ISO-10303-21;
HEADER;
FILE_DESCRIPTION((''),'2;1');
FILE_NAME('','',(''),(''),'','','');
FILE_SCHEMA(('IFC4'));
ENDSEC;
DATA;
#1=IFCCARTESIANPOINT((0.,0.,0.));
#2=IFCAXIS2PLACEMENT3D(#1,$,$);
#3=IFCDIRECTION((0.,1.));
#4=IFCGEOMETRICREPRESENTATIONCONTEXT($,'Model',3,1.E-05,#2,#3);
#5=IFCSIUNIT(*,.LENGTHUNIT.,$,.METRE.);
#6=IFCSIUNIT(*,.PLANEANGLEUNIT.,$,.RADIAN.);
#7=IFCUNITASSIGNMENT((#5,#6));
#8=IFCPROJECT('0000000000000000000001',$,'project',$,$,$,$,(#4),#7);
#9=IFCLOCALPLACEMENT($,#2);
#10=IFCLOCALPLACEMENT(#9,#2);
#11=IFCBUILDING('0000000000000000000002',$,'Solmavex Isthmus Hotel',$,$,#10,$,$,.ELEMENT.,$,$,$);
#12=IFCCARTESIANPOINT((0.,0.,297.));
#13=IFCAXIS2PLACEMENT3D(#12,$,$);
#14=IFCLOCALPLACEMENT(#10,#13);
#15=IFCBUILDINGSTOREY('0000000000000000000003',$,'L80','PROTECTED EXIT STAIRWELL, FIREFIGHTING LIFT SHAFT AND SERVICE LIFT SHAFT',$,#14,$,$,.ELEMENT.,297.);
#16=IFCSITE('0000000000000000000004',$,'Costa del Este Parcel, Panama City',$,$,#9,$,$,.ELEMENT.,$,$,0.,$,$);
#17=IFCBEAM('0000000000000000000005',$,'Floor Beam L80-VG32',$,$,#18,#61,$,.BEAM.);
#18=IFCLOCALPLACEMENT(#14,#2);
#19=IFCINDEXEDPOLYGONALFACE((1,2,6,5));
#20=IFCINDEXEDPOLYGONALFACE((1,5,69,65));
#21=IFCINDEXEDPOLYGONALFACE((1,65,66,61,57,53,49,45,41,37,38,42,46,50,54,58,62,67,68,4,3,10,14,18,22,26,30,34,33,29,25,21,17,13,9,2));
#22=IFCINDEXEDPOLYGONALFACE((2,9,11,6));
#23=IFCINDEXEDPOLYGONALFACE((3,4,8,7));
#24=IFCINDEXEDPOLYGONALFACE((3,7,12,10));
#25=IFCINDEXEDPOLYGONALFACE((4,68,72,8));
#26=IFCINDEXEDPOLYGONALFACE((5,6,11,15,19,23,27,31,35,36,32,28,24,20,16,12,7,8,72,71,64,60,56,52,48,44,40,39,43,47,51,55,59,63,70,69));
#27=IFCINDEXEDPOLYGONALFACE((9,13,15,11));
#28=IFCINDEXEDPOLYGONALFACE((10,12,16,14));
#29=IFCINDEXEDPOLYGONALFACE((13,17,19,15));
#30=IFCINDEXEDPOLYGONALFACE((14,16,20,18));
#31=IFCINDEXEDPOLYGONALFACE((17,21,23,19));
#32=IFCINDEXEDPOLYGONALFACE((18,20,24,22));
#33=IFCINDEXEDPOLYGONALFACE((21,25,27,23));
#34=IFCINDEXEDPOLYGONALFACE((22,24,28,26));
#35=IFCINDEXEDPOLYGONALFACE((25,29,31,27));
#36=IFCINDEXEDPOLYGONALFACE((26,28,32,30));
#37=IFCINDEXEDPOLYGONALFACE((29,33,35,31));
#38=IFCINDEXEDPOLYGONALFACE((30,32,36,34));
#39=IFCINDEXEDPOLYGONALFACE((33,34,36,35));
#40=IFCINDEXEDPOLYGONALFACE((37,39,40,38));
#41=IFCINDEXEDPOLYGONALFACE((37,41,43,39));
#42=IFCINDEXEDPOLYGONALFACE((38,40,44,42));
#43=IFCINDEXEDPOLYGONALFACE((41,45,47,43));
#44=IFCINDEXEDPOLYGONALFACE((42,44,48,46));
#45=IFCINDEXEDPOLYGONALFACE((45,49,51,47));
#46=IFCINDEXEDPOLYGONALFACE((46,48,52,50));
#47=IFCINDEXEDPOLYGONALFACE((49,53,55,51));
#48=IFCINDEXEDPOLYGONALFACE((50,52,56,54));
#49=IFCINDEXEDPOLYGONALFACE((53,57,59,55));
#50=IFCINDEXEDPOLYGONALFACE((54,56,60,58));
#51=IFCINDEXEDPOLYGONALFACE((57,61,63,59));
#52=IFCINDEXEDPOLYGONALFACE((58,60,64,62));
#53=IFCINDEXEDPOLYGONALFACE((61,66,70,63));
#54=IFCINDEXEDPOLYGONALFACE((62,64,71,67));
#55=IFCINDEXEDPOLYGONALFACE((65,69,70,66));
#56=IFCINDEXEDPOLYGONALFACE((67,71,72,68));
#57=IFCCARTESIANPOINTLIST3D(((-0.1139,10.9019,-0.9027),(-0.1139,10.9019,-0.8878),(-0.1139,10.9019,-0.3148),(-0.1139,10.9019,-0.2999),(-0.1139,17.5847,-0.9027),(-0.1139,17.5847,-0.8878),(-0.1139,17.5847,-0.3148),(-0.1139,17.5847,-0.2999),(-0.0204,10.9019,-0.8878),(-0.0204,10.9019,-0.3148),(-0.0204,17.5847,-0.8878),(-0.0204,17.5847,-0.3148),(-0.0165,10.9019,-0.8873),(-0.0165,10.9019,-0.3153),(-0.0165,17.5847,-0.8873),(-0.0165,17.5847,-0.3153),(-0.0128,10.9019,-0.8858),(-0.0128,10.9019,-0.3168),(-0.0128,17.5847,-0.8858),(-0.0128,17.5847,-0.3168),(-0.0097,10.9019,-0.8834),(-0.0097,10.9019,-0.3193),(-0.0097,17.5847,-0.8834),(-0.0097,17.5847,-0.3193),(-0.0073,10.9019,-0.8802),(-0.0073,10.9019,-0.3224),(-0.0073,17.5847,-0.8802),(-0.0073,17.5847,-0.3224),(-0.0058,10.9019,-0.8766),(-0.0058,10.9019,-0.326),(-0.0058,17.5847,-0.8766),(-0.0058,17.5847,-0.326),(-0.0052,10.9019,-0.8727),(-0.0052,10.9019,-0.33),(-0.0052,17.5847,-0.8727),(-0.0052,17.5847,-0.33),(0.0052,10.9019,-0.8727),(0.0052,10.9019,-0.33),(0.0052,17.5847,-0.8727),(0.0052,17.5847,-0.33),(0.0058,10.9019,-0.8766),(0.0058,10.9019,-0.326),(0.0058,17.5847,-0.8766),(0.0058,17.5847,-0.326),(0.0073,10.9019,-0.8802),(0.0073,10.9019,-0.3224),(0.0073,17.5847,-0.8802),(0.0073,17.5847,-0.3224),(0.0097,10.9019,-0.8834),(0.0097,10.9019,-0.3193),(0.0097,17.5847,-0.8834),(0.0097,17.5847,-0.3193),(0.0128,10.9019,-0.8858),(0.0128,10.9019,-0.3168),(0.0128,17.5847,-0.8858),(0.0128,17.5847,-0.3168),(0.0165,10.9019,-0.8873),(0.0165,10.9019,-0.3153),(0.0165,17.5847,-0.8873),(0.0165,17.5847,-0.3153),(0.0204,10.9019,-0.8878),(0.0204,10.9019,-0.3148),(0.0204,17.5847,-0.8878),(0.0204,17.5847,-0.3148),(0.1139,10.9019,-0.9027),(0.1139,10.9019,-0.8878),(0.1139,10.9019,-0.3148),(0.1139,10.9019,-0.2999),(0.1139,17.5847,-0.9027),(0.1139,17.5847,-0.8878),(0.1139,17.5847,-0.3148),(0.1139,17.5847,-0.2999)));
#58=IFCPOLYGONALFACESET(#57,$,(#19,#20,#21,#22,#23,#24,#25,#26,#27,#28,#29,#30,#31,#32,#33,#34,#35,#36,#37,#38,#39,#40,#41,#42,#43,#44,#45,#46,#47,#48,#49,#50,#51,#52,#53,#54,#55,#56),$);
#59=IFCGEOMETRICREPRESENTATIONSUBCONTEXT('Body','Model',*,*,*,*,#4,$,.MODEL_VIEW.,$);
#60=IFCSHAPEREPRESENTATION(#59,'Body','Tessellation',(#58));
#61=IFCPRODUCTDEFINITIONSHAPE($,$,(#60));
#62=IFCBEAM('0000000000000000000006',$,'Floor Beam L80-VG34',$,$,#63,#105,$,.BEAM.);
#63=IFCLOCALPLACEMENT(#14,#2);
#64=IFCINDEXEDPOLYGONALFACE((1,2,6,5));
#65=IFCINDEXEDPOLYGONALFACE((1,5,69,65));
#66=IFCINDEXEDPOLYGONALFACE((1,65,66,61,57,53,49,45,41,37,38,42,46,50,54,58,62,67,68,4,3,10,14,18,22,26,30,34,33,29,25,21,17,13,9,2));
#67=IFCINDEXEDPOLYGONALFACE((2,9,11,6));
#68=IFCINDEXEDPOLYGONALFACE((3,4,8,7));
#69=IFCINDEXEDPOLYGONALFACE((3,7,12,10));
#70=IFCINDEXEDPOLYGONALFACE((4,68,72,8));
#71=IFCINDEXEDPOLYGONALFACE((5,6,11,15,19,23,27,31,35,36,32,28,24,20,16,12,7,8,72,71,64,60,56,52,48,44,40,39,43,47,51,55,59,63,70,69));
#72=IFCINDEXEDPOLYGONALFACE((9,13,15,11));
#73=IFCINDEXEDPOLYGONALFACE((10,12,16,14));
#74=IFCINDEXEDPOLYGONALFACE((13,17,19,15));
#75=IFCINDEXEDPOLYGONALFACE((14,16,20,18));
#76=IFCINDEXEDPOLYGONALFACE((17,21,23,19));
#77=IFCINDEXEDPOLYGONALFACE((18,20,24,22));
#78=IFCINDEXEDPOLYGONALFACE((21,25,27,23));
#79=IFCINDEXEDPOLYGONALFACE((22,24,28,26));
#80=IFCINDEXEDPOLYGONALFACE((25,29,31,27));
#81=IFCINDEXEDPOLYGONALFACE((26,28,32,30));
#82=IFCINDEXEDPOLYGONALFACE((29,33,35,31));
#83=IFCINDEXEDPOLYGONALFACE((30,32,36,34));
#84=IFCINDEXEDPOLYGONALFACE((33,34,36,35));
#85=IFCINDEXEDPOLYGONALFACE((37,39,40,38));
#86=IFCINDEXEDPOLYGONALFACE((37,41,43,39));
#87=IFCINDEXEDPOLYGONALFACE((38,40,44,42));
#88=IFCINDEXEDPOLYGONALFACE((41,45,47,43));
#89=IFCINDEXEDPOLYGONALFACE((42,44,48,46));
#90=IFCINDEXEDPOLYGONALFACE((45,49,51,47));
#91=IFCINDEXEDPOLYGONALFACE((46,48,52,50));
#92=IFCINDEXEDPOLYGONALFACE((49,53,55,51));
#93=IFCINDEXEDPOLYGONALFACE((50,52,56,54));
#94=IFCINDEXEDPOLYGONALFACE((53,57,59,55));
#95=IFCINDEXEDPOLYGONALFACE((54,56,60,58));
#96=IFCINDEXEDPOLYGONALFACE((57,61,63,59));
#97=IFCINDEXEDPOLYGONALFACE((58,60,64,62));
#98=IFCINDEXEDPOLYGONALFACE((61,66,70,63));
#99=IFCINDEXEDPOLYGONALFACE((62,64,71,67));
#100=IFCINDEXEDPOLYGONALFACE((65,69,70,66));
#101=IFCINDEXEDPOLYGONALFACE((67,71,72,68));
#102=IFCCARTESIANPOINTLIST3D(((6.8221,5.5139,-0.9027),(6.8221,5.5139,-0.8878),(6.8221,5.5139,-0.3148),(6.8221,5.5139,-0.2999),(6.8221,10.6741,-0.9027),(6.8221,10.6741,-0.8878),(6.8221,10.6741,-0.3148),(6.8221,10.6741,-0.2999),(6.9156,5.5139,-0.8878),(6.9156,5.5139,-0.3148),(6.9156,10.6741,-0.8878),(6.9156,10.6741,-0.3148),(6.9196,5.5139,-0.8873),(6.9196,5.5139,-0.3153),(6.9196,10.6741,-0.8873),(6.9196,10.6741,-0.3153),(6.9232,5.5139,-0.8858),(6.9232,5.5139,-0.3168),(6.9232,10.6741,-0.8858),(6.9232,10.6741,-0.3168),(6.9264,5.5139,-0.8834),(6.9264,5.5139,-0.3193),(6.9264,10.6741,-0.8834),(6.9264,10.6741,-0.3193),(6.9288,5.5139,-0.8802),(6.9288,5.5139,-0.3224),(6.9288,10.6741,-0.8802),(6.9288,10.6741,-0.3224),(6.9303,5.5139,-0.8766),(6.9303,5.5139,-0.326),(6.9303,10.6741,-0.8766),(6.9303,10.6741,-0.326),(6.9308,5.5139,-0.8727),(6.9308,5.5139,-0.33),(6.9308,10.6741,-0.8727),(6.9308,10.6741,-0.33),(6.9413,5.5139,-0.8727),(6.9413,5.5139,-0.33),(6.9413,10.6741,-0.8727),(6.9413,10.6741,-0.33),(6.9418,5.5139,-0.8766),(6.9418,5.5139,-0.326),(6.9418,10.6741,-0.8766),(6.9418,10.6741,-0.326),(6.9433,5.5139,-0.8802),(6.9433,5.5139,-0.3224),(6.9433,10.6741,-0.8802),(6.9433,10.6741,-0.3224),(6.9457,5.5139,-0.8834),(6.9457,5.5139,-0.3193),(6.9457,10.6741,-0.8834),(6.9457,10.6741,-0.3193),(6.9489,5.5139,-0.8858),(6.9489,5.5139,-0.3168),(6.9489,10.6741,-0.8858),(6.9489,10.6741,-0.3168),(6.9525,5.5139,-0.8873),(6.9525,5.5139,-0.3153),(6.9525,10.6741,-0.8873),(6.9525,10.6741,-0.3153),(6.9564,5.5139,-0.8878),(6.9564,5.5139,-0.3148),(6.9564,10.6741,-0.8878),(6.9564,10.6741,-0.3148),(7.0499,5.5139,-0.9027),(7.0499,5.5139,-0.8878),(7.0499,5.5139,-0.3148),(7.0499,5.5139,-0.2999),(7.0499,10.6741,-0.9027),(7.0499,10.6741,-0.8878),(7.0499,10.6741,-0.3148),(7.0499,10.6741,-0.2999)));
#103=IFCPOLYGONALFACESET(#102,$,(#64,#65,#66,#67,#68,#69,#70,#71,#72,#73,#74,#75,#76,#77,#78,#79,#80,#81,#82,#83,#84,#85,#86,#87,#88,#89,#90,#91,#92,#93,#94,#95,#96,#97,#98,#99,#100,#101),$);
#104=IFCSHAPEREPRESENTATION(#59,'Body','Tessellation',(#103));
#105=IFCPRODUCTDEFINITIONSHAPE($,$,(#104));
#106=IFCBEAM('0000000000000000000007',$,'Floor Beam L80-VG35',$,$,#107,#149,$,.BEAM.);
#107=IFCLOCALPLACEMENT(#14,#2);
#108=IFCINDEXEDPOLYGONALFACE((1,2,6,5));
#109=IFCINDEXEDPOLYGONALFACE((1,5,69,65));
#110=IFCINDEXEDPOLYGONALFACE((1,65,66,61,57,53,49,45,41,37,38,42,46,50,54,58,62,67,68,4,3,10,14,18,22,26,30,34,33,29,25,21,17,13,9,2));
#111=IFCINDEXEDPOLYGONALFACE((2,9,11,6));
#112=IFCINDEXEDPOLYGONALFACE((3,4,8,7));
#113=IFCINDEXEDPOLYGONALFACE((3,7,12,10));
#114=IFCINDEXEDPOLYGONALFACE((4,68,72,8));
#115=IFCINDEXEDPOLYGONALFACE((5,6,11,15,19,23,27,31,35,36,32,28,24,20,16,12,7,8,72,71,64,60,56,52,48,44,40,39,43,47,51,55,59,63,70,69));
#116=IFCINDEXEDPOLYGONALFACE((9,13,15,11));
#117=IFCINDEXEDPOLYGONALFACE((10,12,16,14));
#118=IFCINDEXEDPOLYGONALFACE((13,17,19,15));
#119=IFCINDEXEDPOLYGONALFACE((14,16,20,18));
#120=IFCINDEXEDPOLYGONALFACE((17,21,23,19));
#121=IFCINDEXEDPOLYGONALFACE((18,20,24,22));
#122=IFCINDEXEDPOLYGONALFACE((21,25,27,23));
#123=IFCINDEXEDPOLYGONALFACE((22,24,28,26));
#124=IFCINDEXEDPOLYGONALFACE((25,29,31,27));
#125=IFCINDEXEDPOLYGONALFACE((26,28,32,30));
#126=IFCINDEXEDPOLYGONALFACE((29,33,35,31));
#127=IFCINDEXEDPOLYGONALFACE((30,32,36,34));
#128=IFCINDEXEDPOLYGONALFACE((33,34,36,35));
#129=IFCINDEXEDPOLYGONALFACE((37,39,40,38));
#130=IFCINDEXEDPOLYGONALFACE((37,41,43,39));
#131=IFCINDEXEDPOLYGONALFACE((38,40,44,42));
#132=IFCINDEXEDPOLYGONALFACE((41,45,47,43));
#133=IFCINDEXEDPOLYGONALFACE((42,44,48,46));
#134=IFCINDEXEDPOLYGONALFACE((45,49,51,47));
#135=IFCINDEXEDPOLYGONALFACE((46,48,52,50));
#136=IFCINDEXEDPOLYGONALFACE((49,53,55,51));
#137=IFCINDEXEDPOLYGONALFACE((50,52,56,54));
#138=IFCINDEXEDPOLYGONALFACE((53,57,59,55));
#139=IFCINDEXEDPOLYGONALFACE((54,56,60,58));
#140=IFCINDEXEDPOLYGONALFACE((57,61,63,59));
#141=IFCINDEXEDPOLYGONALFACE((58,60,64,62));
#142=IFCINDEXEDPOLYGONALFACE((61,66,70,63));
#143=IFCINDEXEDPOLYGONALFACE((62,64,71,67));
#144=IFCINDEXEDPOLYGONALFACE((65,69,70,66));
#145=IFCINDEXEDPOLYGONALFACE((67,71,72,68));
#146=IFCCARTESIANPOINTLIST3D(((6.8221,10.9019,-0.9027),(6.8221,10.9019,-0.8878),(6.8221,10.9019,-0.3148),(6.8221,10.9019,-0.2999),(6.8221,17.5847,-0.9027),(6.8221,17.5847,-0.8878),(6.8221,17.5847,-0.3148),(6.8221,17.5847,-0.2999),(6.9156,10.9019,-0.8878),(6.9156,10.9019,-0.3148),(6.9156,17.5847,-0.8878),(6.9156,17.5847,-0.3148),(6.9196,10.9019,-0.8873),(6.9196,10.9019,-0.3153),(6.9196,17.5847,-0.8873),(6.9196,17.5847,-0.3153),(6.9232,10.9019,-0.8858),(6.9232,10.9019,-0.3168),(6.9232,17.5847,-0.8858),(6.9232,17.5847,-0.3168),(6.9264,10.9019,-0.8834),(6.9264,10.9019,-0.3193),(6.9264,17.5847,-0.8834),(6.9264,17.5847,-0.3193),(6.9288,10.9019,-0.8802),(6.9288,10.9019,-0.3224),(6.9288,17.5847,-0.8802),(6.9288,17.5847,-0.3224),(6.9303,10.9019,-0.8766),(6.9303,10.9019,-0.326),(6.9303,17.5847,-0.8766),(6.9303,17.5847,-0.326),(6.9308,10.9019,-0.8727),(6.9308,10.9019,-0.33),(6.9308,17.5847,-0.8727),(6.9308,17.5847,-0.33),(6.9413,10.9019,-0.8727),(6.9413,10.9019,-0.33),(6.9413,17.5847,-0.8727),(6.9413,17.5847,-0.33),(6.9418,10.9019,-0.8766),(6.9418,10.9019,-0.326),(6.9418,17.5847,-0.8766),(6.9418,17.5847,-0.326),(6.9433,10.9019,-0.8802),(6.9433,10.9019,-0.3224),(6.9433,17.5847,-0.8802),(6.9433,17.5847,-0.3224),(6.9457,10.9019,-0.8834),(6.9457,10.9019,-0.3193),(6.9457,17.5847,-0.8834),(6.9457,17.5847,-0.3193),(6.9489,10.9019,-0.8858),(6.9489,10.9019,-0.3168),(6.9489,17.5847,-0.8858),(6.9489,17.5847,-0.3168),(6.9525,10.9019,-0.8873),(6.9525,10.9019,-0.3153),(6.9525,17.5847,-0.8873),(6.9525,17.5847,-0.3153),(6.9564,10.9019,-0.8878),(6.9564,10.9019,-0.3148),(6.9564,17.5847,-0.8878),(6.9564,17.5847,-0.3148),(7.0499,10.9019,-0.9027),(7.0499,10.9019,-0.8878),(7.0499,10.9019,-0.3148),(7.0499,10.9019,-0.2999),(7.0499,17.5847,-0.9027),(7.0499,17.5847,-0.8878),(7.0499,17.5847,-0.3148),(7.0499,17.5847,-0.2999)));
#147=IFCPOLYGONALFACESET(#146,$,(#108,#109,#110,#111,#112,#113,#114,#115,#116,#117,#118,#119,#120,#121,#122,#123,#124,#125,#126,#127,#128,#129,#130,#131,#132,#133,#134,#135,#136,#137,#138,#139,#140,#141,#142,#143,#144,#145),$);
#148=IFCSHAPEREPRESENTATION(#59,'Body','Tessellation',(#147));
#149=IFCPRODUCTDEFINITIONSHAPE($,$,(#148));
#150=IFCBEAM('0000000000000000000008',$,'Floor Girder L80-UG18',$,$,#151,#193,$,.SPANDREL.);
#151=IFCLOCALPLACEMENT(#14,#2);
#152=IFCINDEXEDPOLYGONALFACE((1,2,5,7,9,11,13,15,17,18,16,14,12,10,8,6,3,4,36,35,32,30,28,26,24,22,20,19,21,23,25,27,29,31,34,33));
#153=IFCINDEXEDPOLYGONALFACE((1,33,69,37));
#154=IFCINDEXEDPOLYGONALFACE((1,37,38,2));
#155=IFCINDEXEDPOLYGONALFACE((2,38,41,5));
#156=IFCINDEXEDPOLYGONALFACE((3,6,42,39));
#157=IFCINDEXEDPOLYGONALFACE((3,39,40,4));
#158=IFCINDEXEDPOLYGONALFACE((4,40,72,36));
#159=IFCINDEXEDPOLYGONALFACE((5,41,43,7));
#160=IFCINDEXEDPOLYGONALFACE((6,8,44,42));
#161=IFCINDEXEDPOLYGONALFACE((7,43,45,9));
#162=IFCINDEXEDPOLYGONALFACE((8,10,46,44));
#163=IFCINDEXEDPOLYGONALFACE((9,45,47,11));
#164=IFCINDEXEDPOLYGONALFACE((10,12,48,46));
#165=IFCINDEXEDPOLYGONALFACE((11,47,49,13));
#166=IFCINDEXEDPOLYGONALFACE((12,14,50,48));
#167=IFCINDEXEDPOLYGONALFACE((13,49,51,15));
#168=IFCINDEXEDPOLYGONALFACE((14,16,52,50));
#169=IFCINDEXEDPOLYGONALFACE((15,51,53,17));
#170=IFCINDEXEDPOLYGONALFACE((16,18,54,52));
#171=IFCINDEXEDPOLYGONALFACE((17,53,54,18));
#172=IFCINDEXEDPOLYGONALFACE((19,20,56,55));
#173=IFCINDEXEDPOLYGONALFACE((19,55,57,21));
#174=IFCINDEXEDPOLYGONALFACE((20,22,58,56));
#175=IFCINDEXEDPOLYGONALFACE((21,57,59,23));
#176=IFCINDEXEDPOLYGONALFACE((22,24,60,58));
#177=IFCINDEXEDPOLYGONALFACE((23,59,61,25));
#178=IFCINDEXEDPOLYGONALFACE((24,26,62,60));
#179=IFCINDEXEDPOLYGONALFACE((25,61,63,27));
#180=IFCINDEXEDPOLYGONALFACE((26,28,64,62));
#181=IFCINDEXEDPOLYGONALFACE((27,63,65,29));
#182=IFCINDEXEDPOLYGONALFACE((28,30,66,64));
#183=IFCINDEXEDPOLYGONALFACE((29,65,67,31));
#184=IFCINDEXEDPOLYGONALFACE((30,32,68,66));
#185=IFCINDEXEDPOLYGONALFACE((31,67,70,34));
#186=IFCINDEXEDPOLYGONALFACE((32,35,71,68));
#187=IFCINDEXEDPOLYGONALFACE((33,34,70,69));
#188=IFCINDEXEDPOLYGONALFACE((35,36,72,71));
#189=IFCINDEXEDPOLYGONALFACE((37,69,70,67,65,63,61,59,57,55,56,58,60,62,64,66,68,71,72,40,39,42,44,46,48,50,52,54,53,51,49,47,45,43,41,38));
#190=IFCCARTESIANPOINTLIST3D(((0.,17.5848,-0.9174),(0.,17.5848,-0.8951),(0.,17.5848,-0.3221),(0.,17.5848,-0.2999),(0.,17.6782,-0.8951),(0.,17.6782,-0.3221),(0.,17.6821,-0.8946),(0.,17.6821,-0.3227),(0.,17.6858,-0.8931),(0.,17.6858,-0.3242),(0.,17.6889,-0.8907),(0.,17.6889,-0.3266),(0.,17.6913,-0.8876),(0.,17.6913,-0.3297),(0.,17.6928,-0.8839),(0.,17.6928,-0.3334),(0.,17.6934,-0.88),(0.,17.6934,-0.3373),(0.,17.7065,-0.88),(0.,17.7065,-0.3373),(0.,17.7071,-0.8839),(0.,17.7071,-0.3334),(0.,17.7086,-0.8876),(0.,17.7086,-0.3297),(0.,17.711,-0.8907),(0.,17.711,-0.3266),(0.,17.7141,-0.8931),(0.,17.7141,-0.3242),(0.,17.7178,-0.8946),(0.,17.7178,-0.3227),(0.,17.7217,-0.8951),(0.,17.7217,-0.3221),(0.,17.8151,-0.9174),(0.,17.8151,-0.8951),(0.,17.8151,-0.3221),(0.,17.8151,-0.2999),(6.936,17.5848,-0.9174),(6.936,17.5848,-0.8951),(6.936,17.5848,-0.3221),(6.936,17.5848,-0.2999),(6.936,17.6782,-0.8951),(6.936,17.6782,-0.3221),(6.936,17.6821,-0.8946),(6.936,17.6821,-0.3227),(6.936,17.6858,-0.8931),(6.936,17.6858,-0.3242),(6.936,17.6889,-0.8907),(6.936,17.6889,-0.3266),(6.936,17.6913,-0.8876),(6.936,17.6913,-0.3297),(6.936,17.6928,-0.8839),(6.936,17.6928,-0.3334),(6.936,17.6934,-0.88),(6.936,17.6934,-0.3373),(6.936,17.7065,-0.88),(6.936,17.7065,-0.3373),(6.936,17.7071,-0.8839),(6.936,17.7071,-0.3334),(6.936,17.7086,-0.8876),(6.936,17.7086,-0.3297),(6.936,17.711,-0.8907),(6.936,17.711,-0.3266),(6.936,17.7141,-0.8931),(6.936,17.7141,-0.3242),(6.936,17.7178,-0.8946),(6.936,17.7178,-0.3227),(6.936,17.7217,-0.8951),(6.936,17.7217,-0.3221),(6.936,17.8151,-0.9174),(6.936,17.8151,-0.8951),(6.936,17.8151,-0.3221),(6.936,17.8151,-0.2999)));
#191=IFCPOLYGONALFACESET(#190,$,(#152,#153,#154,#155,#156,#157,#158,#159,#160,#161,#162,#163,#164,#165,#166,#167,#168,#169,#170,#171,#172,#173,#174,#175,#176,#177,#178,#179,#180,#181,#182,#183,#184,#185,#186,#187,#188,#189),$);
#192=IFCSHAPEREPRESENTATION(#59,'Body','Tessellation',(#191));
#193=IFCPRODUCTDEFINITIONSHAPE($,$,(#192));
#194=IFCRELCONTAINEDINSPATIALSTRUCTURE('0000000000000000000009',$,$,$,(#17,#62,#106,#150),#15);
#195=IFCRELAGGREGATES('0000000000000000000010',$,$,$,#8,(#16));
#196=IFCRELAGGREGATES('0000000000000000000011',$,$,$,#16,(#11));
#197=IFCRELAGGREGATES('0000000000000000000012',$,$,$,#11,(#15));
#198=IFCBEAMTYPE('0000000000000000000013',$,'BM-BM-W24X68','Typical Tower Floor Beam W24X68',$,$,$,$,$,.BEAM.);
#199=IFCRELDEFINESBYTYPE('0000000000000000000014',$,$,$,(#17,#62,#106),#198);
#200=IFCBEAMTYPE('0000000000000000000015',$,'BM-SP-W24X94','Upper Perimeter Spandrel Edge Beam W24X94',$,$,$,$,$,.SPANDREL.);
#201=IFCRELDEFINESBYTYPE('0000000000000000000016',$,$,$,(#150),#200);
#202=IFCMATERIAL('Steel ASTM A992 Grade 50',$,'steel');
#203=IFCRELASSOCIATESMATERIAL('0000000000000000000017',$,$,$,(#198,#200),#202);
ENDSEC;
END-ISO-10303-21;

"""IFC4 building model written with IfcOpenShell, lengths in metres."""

from ifc_helpers import new_model, si_unit, direction, frame, origin, origin_2d, place, context, subcontext, project, spatial, i_section, extrude, material, material_profile, profile_set, type_object, element, save


model = new_model("IFC4")

# Units and contexts
model_context = context("Model", 3, precision=1e-05, world=origin(), true_north=direction((0.0, 1.0)))
body_context = subcontext(model_context, "Body", "Model", "MODEL_VIEW")
ifc_project = project(units=[si_unit("LENGTHUNIT", "METRE"), si_unit("PLANEANGLEUNIT", "RADIAN")], contexts=[model_context])

# Site, building, storey
site_placement = place(None, origin())
site = spatial("IfcSite", under=ifc_project, at=site_placement, Name="Costa del Este Parcel, Panama City", CompositionType="ELEMENT", RefElevation=0.0)
building_placement = place(site_placement, origin())
building = spatial("IfcBuilding", under=site, at=building_placement, Name="Solmavex Isthmus Hotel", CompositionType="ELEMENT")
storey_placement = place(building_placement, frame((0.0, 0.0, 297.0)))
storey = spatial("IfcBuildingStorey", under=building, at=storey_placement, Name="L80", Description="PROTECTED EXIT STAIRWELL, FIREFIGHTING LIFT SHAFT AND SERVICE LIFT SHAFT", CompositionType="ELEMENT", Elevation=297.0)

# Beams
ifc_material_1 = material(Name="Steel ASTM A992 Grade 50", Category="steel")
ifc_material_profile_1 = material_profile(ifc_material_1, i_section(OverallWidth=0.2278, OverallDepth=0.6028, WebThickness=0.0105, FlangeThickness=0.0149, FilletRadius=0.0151, at=origin_2d()), Name="W24X68")
ifc_profile_set_1 = profile_set([ifc_material_profile_1], Name="Steel ASTM A992 Grade 50")
beam_type_1 = type_object("IfcBeamType", Name="BM-BM-W24X68", Description="Typical Tower Floor Beam W24X68", PredefinedType="BEAM", material=ifc_profile_set_1)
beam_1_placement = place(storey_placement, frame((0.0, 10.9019, -0.6013), z_axis=(0.0, 1.0, 0.0), x_axis=(-1.0, 0.0, 0.0)))
element("IfcBeam", 1, at=beam_1_placement, inside=storey, type_object=beam_type_1, Name="Floor Beam L80-VG32", PredefinedType="BEAM", context=body_context, shape_type="SweptSolid", body=[
    extrude(i_section(OverallWidth=0.2278, OverallDepth=0.6028, WebThickness=0.0105, FlangeThickness=0.0149, FilletRadius=0.0151, at=origin_2d()), origin(), (0.0, 0.0, 1.0), 6.6829),
])
beam_2_placement = place(storey_placement, frame((6.936, 5.5139, -0.6013), z_axis=(0.0, 1.0, 0.0), x_axis=(-1.0, 0.0, 0.0)))
element("IfcBeam", 2, at=beam_2_placement, inside=storey, type_object=beam_type_1, Name="Floor Beam L80-VG34", PredefinedType="BEAM", context=body_context, shape_type="SweptSolid", body=[
    extrude(i_section(OverallWidth=0.2278, OverallDepth=0.6028, WebThickness=0.0105, FlangeThickness=0.0149, FilletRadius=0.0151, at=origin_2d()), origin(), (0.0, 0.0, 1.0), 5.1602),
])
beam_3_placement = place(storey_placement, frame((6.936, 10.9019, -0.6013), z_axis=(0.0, 1.0, 0.0), x_axis=(-1.0, 0.0, 0.0)))
element("IfcBeam", 3, at=beam_3_placement, inside=storey, type_object=beam_type_1, Name="Floor Beam L80-VG35", PredefinedType="BEAM", context=body_context, shape_type="SweptSolid", body=[
    extrude(i_section(OverallWidth=0.2278, OverallDepth=0.6028, WebThickness=0.0105, FlangeThickness=0.0149, FilletRadius=0.0151, at=origin_2d()), origin(), (0.0, 0.0, 1.0), 6.6829),
])
ifc_material_profile_2 = material_profile(ifc_material_1, i_section(OverallWidth=0.2302, OverallDepth=0.6174, WebThickness=0.0132, FlangeThickness=0.0222, FilletRadius=0.0151, at=origin_2d()), Name="W24X94")
ifc_profile_set_2 = profile_set([ifc_material_profile_2], Name="Steel ASTM A992 Grade 50")
beam_type_2 = type_object("IfcBeamType", Name="BM-SP-W24X94", Description="Upper Perimeter Spandrel Edge Beam W24X94", PredefinedType="SPANDREL", material=ifc_profile_set_2)
for number, where, z_axis, x_axis, name in (
    (4, (0.0, 17.7, -0.6086), (1.0, 0.0, 0.0), (0.0, 1.0, 0.0), "Floor Girder L80-UG18"),
):
    element("IfcBeam", number, at=place(storey_placement, frame(where, z_axis=z_axis, x_axis=x_axis)), inside=storey, type_object=beam_type_2, Name=name, PredefinedType="SPANDREL", context=body_context, shape_type="SweptSolid", body=[
        extrude(i_section(OverallWidth=0.2302, OverallDepth=0.6174, WebThickness=0.0132, FlangeThickness=0.0222, FilletRadius=0.0151, at=origin_2d()), origin(), (0.0, 0.0, 1.0), 6.936),
    ])

save(model, "model.ifc")
